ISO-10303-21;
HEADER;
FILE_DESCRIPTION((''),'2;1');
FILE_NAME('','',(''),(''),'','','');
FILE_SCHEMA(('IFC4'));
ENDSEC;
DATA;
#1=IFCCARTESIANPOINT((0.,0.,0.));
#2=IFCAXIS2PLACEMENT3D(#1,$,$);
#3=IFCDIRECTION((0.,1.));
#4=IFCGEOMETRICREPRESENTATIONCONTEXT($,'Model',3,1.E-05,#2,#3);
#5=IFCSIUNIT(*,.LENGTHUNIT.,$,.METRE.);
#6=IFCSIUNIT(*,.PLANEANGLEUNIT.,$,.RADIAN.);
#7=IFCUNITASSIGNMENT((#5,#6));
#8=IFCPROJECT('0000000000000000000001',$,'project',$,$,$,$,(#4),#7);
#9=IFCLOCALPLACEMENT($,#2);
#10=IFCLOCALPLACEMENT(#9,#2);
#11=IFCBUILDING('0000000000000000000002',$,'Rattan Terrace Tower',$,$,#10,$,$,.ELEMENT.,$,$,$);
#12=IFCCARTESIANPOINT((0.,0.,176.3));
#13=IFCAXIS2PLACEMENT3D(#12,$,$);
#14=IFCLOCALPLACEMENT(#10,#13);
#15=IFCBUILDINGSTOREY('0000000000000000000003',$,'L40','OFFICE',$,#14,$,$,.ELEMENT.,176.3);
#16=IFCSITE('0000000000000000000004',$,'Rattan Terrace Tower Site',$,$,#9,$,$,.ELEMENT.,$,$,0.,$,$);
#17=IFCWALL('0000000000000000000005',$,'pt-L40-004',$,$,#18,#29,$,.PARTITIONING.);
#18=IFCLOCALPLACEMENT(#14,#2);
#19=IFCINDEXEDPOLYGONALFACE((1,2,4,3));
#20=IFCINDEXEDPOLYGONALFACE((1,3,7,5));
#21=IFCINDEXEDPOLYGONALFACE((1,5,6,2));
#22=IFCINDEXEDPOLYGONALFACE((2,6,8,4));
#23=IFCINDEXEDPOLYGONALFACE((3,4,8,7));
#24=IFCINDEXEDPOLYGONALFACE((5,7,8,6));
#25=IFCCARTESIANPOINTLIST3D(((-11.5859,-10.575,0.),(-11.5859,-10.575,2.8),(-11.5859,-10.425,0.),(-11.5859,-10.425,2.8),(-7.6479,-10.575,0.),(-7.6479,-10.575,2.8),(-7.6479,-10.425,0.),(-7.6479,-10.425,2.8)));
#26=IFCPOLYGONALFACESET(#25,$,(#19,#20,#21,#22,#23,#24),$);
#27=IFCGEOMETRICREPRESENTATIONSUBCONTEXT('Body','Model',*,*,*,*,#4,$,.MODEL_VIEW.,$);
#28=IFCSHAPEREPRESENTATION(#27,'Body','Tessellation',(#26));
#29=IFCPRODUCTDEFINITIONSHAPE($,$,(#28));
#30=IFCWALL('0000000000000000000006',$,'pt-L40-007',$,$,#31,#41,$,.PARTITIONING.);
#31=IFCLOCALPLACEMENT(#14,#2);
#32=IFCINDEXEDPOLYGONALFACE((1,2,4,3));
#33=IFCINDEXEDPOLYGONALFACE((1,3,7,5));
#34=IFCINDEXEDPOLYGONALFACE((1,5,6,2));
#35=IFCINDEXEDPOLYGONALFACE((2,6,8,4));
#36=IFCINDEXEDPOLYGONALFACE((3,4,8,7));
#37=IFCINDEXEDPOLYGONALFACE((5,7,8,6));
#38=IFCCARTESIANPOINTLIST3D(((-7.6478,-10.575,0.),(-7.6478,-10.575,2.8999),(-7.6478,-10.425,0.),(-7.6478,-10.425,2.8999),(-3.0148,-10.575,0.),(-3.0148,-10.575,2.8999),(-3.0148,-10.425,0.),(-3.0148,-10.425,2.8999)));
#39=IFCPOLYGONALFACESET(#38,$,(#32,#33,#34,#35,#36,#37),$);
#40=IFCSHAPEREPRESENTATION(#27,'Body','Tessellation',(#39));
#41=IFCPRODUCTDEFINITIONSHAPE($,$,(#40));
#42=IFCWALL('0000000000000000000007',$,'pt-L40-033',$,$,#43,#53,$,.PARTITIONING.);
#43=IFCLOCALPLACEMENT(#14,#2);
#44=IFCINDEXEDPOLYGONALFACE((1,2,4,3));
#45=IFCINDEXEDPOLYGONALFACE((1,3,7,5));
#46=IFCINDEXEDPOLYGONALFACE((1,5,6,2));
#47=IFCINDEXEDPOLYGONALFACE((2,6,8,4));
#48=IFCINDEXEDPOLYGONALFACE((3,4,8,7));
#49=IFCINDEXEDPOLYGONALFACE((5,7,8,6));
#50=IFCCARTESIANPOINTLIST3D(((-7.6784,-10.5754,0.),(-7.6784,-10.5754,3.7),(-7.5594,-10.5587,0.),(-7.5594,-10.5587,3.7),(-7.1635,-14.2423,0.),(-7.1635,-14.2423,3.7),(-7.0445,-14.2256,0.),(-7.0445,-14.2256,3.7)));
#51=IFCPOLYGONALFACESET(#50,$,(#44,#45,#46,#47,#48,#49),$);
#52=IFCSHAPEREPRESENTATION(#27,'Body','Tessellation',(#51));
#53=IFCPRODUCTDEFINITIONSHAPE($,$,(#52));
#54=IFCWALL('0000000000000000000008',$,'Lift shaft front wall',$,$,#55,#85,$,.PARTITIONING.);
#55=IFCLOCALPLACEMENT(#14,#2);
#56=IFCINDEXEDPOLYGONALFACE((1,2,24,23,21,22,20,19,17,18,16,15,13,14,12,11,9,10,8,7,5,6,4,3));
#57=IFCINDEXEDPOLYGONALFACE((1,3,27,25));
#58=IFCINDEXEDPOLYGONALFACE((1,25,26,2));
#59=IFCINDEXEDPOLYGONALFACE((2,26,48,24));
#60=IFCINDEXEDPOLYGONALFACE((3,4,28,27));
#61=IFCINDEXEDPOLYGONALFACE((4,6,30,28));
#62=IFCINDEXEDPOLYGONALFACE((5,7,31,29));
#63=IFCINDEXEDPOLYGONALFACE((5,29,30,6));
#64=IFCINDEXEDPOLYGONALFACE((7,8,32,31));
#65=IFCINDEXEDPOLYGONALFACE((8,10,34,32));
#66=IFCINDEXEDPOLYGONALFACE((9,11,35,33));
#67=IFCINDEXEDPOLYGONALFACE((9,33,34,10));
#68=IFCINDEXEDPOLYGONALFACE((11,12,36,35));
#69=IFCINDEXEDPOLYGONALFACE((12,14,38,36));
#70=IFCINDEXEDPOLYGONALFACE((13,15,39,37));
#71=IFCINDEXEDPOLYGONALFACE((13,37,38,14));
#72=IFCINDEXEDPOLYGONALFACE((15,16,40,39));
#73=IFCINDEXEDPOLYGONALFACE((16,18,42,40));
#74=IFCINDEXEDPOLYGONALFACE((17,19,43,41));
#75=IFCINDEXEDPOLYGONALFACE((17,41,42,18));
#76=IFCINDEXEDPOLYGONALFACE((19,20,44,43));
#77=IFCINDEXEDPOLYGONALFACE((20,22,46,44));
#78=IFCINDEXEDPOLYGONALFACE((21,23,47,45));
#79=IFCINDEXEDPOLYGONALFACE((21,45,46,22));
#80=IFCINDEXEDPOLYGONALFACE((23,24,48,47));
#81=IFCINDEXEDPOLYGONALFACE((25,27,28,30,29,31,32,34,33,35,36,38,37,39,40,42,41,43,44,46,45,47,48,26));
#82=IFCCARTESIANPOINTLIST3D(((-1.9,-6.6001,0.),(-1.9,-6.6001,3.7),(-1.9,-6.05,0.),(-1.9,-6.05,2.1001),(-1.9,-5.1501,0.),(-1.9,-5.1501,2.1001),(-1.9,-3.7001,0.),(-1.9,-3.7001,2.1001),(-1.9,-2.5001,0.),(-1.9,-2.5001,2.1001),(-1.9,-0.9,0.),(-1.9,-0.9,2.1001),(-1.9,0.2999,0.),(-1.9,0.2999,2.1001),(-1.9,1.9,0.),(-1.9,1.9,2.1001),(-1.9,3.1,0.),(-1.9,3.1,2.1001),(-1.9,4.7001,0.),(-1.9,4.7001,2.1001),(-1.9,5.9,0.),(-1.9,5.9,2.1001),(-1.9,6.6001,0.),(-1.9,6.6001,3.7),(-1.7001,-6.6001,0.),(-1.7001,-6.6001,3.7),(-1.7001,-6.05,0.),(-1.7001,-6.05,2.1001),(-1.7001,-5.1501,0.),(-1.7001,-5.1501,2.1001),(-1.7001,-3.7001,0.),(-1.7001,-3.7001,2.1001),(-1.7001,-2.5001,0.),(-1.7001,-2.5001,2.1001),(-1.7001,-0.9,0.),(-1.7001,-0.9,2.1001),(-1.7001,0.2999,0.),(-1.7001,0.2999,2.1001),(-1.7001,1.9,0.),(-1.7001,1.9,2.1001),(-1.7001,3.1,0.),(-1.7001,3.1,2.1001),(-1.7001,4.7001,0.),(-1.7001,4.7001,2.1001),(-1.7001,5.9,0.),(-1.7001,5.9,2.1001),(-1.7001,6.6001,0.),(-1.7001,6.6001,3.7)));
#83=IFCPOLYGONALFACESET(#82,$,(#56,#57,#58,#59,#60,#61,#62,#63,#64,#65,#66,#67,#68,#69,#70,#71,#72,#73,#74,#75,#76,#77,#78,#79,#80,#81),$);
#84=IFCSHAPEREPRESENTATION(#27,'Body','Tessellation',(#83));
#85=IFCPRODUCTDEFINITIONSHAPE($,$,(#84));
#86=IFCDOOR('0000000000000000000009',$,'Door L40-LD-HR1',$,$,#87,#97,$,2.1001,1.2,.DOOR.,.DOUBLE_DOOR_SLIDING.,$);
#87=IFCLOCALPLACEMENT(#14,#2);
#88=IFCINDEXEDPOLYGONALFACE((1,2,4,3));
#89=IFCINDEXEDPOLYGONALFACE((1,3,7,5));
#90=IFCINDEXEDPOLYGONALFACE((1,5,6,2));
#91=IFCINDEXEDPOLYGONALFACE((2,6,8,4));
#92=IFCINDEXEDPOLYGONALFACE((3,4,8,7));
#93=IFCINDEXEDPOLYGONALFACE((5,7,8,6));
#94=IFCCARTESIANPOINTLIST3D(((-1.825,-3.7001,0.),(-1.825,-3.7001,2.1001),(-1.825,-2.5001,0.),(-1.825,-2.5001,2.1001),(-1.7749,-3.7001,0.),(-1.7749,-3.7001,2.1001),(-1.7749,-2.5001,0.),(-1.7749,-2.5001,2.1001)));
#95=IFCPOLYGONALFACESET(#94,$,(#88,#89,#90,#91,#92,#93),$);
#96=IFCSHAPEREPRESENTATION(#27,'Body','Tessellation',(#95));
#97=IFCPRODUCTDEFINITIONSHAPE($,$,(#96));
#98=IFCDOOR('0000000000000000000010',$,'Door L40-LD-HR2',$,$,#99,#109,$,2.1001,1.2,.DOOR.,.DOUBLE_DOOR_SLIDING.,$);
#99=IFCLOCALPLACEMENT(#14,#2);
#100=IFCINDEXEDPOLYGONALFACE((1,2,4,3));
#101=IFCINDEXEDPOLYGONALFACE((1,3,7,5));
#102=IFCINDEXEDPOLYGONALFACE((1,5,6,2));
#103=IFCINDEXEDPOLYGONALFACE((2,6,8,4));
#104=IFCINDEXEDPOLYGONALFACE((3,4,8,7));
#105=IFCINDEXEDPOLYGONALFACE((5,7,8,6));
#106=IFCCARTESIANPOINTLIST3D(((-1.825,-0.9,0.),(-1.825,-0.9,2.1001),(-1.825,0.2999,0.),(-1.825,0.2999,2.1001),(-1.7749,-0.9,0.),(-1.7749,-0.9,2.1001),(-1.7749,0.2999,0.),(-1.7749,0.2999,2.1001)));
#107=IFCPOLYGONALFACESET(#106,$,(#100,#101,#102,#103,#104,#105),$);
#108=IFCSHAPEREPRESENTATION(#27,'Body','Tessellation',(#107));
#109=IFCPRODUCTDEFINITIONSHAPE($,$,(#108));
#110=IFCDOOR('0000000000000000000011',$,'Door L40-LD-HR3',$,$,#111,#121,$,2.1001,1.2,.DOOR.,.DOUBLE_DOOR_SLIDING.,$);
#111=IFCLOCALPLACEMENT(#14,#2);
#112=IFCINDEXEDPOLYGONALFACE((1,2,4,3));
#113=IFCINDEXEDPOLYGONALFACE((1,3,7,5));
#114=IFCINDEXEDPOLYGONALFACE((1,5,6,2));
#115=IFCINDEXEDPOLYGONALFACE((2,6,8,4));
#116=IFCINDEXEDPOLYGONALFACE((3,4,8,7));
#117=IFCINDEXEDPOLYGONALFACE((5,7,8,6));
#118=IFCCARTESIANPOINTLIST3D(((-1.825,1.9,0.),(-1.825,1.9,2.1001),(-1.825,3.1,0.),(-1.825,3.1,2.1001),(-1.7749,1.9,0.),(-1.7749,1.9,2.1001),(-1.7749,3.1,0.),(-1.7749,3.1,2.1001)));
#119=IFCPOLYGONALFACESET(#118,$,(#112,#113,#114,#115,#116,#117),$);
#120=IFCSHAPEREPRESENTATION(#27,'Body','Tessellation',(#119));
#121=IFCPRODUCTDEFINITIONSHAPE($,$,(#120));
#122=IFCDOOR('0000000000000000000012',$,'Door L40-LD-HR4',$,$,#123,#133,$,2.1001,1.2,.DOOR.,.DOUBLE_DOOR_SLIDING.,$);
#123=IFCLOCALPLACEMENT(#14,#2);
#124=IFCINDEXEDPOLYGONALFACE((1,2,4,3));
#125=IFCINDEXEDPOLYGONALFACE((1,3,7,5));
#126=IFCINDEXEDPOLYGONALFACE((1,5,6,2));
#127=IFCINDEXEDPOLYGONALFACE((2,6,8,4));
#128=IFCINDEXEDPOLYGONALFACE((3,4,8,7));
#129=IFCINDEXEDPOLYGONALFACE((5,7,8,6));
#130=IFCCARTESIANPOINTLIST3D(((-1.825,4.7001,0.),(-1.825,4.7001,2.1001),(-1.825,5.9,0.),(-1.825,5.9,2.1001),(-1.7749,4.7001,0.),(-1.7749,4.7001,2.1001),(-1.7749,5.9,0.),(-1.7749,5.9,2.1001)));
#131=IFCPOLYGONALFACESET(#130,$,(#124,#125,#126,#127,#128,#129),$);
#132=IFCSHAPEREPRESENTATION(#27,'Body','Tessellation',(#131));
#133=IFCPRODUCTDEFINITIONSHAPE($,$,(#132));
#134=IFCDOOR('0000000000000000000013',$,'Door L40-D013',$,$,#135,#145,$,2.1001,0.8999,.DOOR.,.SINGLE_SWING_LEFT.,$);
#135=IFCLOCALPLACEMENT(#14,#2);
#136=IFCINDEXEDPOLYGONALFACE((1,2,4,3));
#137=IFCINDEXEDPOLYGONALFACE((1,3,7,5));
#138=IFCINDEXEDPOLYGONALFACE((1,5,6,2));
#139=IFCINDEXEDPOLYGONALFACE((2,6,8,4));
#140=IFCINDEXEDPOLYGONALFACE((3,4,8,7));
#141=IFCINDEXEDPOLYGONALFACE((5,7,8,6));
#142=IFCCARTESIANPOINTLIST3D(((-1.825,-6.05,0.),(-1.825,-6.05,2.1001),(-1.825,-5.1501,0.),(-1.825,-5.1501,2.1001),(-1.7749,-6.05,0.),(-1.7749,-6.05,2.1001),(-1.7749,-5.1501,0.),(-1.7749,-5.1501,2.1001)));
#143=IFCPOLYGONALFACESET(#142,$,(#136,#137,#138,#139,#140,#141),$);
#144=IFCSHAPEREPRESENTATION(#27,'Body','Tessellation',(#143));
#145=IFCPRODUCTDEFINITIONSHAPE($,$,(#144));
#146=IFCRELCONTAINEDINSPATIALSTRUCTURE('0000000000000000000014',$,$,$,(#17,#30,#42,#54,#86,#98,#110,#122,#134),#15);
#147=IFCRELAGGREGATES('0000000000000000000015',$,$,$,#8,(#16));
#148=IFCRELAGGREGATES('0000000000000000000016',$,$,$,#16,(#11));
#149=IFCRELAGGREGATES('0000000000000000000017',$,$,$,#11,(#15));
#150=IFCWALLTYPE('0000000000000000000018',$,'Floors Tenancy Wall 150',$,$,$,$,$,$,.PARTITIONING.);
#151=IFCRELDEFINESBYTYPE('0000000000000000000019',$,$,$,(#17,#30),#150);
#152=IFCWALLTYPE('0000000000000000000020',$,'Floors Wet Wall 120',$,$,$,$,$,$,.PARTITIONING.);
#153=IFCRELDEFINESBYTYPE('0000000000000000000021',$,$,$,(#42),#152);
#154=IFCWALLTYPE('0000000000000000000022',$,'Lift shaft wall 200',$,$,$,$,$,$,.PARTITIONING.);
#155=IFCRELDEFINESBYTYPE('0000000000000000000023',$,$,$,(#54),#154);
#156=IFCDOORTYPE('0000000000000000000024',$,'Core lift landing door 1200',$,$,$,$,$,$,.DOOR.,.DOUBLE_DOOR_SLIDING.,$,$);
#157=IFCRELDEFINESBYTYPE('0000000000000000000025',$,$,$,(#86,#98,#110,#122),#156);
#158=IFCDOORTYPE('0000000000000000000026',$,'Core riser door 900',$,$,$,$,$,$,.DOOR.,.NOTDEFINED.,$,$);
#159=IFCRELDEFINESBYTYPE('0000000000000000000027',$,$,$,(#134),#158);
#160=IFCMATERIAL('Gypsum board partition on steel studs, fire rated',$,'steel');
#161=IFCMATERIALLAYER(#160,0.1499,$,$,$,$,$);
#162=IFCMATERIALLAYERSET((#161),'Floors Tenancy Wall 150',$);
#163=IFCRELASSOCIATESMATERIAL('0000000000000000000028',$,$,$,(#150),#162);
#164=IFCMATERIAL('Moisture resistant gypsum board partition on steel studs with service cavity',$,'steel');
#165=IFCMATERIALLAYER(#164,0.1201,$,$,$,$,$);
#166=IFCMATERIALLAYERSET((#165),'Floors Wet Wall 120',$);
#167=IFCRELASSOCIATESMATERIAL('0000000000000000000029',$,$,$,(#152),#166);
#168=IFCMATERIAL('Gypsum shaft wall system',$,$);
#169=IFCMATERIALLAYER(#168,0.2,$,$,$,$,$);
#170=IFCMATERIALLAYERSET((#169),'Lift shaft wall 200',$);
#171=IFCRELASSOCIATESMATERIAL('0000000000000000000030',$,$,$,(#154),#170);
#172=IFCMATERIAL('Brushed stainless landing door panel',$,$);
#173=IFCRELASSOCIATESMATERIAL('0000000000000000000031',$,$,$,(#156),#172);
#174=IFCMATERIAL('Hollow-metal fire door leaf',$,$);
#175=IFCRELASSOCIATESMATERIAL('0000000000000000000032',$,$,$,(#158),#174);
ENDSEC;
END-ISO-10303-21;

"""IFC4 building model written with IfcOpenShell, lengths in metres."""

from ifc_helpers import new_model, si_unit, direction, frame, frame_2d, origin, place, context, subcontext, project, spatial, rectangle, extrude, material, layer, layer_set, type_object, element, fill, save


model = new_model("IFC4")

# Units and contexts
model_context = context("Model", 3, precision=1e-05, world=origin(), true_north=direction((0.0, 1.0)))
body_context = subcontext(model_context, "Body", "Model", "MODEL_VIEW")
ifc_project = project(units=[si_unit("LENGTHUNIT", "METRE"), si_unit("PLANEANGLEUNIT", "RADIAN")], contexts=[model_context])

# Site, building, storey
site_placement = place(None, origin())
site = spatial("IfcSite", under=ifc_project, at=site_placement, Name="Rattan Terrace Tower Site", CompositionType="ELEMENT", RefElevation=0.0)
building_placement = place(site_placement, origin())
building = spatial("IfcBuilding", under=site, at=building_placement, Name="Rattan Terrace Tower", CompositionType="ELEMENT")
storey_placement = place(building_placement, frame((0.0, 0.0, 176.3)))
storey = spatial("IfcBuildingStorey", under=building, at=storey_placement, Name="L40", Description="OFFICE", CompositionType="ELEMENT", Elevation=176.3)

# Walls
ifc_material_1 = material(Name="Gypsum board partition on steel studs, fire rated", Category="steel")
ifc_layer_1 = layer(ifc_material_1, 0.1499)
ifc_layer_set_1 = layer_set([ifc_layer_1], Name="Floors Tenancy Wall 150")
wall_type_1 = type_object("IfcWallType", Name="Floors Tenancy Wall 150", PredefinedType="PARTITIONING", material=ifc_layer_set_1)
wall_1_placement = place(storey_placement, frame((-7.6479, -10.5, 0.0), z_axis=(0.0, 0.0, 1.0), x_axis=(-1.0, 0.0, 0.0)))
element("IfcWall", 1, at=wall_1_placement, inside=storey, type_object=wall_type_1, Name="pt-L40-004", PredefinedType="PARTITIONING", context=body_context, shape_type="SweptSolid", body=[
    extrude(rectangle(XDim=3.938, YDim=0.1499, at=frame_2d((1.969, 0.0))), origin(), (0.0, 0.0, 1.0), 2.8),
])
wall_2_placement = place(storey_placement, frame((-3.0149, -10.5, 0.0), z_axis=(0.0, 0.0, 1.0), x_axis=(-1.0, 0.0, 0.0)))
element("IfcWall", 2, at=wall_2_placement, inside=storey, type_object=wall_type_1, Name="pt-L40-007", PredefinedType="PARTITIONING", context=body_context, shape_type="SweptSolid", body=[
    extrude(rectangle(XDim=4.6331, YDim=0.1499, at=frame_2d((2.3164, 0.0))), origin(), (0.0, 0.0, 1.0), 2.8999),
])
ifc_material_2 = material(Name="Moisture resistant gypsum board partition on steel studs with service cavity", Category="steel")
ifc_layer_2 = layer(ifc_material_2, 0.1201)
ifc_layer_set_2 = layer_set([ifc_layer_2], Name="Floors Wet Wall 120")
wall_type_2 = type_object("IfcWallType", Name="Floors Wet Wall 120", PredefinedType="PARTITIONING", material=ifc_layer_set_2)
wall_3_placement = place(storey_placement, frame((-7.6189, -10.5669, 0.0), z_axis=(0.0, 0.0, 1.0), x_axis=(0.139049, -0.990286, 0.0)))
element("IfcWall", 3, at=wall_3_placement, inside=storey, type_object=wall_type_2, Name="pt-L40-033", PredefinedType="PARTITIONING", context=body_context, shape_type="SweptSolid", body=[
    extrude(rectangle(XDim=3.7029, YDim=0.1201, at=frame_2d((1.8516, 0.0))), origin(), (0.0, 0.0, 1.0), 3.7),
])

# Wall, openings, doors
ifc_material_3 = material(Name="Gypsum shaft wall system")
ifc_layer_3 = layer(ifc_material_3, 0.2)
ifc_layer_set_3 = layer_set([ifc_layer_3], Name="Lift shaft wall 200")
wall_type_3 = type_object("IfcWallType", Name="Lift shaft wall 200", PredefinedType="PARTITIONING", material=ifc_layer_set_3)
wall_4_placement = place(storey_placement, frame((-1.8, -6.6001, 0.0), z_axis=(0.0, 0.0, 1.0), x_axis=(0.0, 1.0, 0.0)))
wall_4 = element("IfcWall", 4, at=wall_4_placement, inside=storey, type_object=wall_type_3, Name="Lift shaft front wall", PredefinedType="PARTITIONING", context=body_context, shape_type="SweptSolid", body=[
    extrude(rectangle(XDim=13.2002, YDim=0.2, at=frame_2d((6.6001, 0.0))), origin(), (0.0, 0.0, 1.0), 3.7),
])
opening_1_placement = place(wall_4_placement, frame((0.55, 0.0, 0.0)))
opening_1 = element("IfcOpeningElement", 5, at=opening_1_placement, cuts=wall_4, PredefinedType="OPENING", context=body_context, shape_type="SweptSolid", body=[
    extrude(rectangle(XDim=0.8999, YDim=2.1001, at=frame_2d((0.45, 1.05))), frame((0.0, 0.1106, 0.0), z_axis=(0.0, -1.0, 0.0), x_axis=(1.0, 0.0, 0.0)), (0.0, 0.0, 1.0), 0.2209),
])
opening_2_placement = place(wall_4_placement, frame((2.8999, 0.0, 0.0)))
opening_2 = element("IfcOpeningElement", 6, at=opening_2_placement, cuts=wall_4, PredefinedType="OPENING", context=body_context, shape_type="SweptSolid", body=[
    extrude(rectangle(XDim=1.2, YDim=2.1001, at=frame_2d((0.6001, 1.05))), frame((0.0, 0.1106, 0.0), z_axis=(0.0, -1.0, 0.0), x_axis=(1.0, 0.0, 0.0)), (0.0, 0.0, 1.0), 0.2209),
])
opening_3_placement = place(wall_4_placement, frame((5.7, 0.0, 0.0)))
opening_3 = element("IfcOpeningElement", 7, at=opening_3_placement, cuts=wall_4, PredefinedType="OPENING", context=body_context, shape_type="SweptSolid", body=[
    extrude(rectangle(XDim=1.2, YDim=2.1001, at=frame_2d((0.6001, 1.05))), frame((0.0, 0.1106, 0.0), z_axis=(0.0, -1.0, 0.0), x_axis=(1.0, 0.0, 0.0)), (0.0, 0.0, 1.0), 0.2209),
])
opening_4_placement = place(wall_4_placement, frame((8.5, 0.0, 0.0)))
opening_4 = element("IfcOpeningElement", 8, at=opening_4_placement, cuts=wall_4, PredefinedType="OPENING", context=body_context, shape_type="SweptSolid", body=[
    extrude(rectangle(XDim=1.2, YDim=2.1001, at=frame_2d((0.6001, 1.05))), frame((0.0, 0.1106, 0.0), z_axis=(0.0, -1.0, 0.0), x_axis=(1.0, 0.0, 0.0)), (0.0, 0.0, 1.0), 0.2209),
])
opening_5_placement = place(wall_4_placement, frame((11.3, 0.0, 0.0)))
opening_5 = element("IfcOpeningElement", 9, at=opening_5_placement, cuts=wall_4, PredefinedType="OPENING", context=body_context, shape_type="SweptSolid", body=[
    extrude(rectangle(XDim=1.2, YDim=2.1001, at=frame_2d((0.6001, 1.05))), frame((0.0, 0.1106, 0.0), z_axis=(0.0, -1.0, 0.0), x_axis=(1.0, 0.0, 0.0)), (0.0, 0.0, 1.0), 0.2209),
])
ifc_material_4 = material(Name="Brushed stainless landing door panel")
door_type_1 = type_object("IfcDoorType", Name="Core lift landing door 1200", OperationType="DOUBLE_DOOR_SLIDING", PredefinedType="DOOR", material=ifc_material_4)
door_1_placement = place(opening_2_placement, origin())
door_1 = element("IfcDoor", 10, at=door_1_placement, inside=storey, type_object=door_type_1, Name="Door L40-LD-HR1", OperationType="DOUBLE_DOOR_SLIDING", OverallHeight=2.1001, OverallWidth=1.2, PredefinedType="DOOR", context=body_context, shape_type="SweptSolid", body=[
    extrude(rectangle(XDim=1.2, YDim=2.1001, at=frame_2d((0.6001, 1.05))), frame((0.0, 0.0249, 0.0), z_axis=(0.0, -1.0, 0.0), x_axis=(1.0, 0.0, 0.0)), (0.0, 0.0, 1.0), 0.05),
])
fill(opening_2, door_1)
door_2_placement = place(opening_3_placement, origin())
door_2 = element("IfcDoor", 11, at=door_2_placement, inside=storey, type_object=door_type_1, Name="Door L40-LD-HR2", OperationType="DOUBLE_DOOR_SLIDING", OverallHeight=2.1001, OverallWidth=1.2, PredefinedType="DOOR", context=body_context, shape_type="SweptSolid", body=[
    extrude(rectangle(XDim=1.2, YDim=2.1001, at=frame_2d((0.6001, 1.05))), frame((0.0, 0.0249, 0.0), z_axis=(0.0, -1.0, 0.0), x_axis=(1.0, 0.0, 0.0)), (0.0, 0.0, 1.0), 0.05),
])
fill(opening_3, door_2)
door_3_placement = place(opening_4_placement, origin())
door_3 = element("IfcDoor", 12, at=door_3_placement, inside=storey, type_object=door_type_1, Name="Door L40-LD-HR3", OperationType="DOUBLE_DOOR_SLIDING", OverallHeight=2.1001, OverallWidth=1.2, PredefinedType="DOOR", context=body_context, shape_type="SweptSolid", body=[
    extrude(rectangle(XDim=1.2, YDim=2.1001, at=frame_2d((0.6001, 1.05))), frame((0.0, 0.0249, 0.0), z_axis=(0.0, -1.0, 0.0), x_axis=(1.0, 0.0, 0.0)), (0.0, 0.0, 1.0), 0.05),
])
fill(opening_4, door_3)
door_4_placement = place(opening_5_placement, origin())
door_4 = element("IfcDoor", 13, at=door_4_placement, inside=storey, type_object=door_type_1, Name="Door L40-LD-HR4", OperationType="DOUBLE_DOOR_SLIDING", OverallHeight=2.1001, OverallWidth=1.2, PredefinedType="DOOR", context=body_context, shape_type="SweptSolid", body=[
    extrude(rectangle(XDim=1.2, YDim=2.1001, at=frame_2d((0.6001, 1.05))), frame((0.0, 0.0249, 0.0), z_axis=(0.0, -1.0, 0.0), x_axis=(1.0, 0.0, 0.0)), (0.0, 0.0, 1.0), 0.05),
])
fill(opening_5, door_4)
ifc_material_5 = material(Name="Hollow-metal fire door leaf")
door_type_2 = type_object("IfcDoorType", Name="Core riser door 900", OperationType="NOTDEFINED", PredefinedType="DOOR", material=ifc_material_5)
door_5_placement = place(opening_1_placement, origin())
door_5 = element("IfcDoor", 14, at=door_5_placement, inside=storey, type_object=door_type_2, Name="Door L40-D013", OperationType="SINGLE_SWING_LEFT", OverallHeight=2.1001, OverallWidth=0.8999, PredefinedType="DOOR", context=body_context, shape_type="SweptSolid", body=[
    extrude(rectangle(XDim=0.8999, YDim=2.1001, at=frame_2d((0.45, 1.05))), frame((0.0, 0.0249, 0.0), z_axis=(0.0, -1.0, 0.0), x_axis=(1.0, 0.0, 0.0)), (0.0, 0.0, 1.0), 0.05),
])
fill(opening_1, door_5)

save(model, "model.ifc")
